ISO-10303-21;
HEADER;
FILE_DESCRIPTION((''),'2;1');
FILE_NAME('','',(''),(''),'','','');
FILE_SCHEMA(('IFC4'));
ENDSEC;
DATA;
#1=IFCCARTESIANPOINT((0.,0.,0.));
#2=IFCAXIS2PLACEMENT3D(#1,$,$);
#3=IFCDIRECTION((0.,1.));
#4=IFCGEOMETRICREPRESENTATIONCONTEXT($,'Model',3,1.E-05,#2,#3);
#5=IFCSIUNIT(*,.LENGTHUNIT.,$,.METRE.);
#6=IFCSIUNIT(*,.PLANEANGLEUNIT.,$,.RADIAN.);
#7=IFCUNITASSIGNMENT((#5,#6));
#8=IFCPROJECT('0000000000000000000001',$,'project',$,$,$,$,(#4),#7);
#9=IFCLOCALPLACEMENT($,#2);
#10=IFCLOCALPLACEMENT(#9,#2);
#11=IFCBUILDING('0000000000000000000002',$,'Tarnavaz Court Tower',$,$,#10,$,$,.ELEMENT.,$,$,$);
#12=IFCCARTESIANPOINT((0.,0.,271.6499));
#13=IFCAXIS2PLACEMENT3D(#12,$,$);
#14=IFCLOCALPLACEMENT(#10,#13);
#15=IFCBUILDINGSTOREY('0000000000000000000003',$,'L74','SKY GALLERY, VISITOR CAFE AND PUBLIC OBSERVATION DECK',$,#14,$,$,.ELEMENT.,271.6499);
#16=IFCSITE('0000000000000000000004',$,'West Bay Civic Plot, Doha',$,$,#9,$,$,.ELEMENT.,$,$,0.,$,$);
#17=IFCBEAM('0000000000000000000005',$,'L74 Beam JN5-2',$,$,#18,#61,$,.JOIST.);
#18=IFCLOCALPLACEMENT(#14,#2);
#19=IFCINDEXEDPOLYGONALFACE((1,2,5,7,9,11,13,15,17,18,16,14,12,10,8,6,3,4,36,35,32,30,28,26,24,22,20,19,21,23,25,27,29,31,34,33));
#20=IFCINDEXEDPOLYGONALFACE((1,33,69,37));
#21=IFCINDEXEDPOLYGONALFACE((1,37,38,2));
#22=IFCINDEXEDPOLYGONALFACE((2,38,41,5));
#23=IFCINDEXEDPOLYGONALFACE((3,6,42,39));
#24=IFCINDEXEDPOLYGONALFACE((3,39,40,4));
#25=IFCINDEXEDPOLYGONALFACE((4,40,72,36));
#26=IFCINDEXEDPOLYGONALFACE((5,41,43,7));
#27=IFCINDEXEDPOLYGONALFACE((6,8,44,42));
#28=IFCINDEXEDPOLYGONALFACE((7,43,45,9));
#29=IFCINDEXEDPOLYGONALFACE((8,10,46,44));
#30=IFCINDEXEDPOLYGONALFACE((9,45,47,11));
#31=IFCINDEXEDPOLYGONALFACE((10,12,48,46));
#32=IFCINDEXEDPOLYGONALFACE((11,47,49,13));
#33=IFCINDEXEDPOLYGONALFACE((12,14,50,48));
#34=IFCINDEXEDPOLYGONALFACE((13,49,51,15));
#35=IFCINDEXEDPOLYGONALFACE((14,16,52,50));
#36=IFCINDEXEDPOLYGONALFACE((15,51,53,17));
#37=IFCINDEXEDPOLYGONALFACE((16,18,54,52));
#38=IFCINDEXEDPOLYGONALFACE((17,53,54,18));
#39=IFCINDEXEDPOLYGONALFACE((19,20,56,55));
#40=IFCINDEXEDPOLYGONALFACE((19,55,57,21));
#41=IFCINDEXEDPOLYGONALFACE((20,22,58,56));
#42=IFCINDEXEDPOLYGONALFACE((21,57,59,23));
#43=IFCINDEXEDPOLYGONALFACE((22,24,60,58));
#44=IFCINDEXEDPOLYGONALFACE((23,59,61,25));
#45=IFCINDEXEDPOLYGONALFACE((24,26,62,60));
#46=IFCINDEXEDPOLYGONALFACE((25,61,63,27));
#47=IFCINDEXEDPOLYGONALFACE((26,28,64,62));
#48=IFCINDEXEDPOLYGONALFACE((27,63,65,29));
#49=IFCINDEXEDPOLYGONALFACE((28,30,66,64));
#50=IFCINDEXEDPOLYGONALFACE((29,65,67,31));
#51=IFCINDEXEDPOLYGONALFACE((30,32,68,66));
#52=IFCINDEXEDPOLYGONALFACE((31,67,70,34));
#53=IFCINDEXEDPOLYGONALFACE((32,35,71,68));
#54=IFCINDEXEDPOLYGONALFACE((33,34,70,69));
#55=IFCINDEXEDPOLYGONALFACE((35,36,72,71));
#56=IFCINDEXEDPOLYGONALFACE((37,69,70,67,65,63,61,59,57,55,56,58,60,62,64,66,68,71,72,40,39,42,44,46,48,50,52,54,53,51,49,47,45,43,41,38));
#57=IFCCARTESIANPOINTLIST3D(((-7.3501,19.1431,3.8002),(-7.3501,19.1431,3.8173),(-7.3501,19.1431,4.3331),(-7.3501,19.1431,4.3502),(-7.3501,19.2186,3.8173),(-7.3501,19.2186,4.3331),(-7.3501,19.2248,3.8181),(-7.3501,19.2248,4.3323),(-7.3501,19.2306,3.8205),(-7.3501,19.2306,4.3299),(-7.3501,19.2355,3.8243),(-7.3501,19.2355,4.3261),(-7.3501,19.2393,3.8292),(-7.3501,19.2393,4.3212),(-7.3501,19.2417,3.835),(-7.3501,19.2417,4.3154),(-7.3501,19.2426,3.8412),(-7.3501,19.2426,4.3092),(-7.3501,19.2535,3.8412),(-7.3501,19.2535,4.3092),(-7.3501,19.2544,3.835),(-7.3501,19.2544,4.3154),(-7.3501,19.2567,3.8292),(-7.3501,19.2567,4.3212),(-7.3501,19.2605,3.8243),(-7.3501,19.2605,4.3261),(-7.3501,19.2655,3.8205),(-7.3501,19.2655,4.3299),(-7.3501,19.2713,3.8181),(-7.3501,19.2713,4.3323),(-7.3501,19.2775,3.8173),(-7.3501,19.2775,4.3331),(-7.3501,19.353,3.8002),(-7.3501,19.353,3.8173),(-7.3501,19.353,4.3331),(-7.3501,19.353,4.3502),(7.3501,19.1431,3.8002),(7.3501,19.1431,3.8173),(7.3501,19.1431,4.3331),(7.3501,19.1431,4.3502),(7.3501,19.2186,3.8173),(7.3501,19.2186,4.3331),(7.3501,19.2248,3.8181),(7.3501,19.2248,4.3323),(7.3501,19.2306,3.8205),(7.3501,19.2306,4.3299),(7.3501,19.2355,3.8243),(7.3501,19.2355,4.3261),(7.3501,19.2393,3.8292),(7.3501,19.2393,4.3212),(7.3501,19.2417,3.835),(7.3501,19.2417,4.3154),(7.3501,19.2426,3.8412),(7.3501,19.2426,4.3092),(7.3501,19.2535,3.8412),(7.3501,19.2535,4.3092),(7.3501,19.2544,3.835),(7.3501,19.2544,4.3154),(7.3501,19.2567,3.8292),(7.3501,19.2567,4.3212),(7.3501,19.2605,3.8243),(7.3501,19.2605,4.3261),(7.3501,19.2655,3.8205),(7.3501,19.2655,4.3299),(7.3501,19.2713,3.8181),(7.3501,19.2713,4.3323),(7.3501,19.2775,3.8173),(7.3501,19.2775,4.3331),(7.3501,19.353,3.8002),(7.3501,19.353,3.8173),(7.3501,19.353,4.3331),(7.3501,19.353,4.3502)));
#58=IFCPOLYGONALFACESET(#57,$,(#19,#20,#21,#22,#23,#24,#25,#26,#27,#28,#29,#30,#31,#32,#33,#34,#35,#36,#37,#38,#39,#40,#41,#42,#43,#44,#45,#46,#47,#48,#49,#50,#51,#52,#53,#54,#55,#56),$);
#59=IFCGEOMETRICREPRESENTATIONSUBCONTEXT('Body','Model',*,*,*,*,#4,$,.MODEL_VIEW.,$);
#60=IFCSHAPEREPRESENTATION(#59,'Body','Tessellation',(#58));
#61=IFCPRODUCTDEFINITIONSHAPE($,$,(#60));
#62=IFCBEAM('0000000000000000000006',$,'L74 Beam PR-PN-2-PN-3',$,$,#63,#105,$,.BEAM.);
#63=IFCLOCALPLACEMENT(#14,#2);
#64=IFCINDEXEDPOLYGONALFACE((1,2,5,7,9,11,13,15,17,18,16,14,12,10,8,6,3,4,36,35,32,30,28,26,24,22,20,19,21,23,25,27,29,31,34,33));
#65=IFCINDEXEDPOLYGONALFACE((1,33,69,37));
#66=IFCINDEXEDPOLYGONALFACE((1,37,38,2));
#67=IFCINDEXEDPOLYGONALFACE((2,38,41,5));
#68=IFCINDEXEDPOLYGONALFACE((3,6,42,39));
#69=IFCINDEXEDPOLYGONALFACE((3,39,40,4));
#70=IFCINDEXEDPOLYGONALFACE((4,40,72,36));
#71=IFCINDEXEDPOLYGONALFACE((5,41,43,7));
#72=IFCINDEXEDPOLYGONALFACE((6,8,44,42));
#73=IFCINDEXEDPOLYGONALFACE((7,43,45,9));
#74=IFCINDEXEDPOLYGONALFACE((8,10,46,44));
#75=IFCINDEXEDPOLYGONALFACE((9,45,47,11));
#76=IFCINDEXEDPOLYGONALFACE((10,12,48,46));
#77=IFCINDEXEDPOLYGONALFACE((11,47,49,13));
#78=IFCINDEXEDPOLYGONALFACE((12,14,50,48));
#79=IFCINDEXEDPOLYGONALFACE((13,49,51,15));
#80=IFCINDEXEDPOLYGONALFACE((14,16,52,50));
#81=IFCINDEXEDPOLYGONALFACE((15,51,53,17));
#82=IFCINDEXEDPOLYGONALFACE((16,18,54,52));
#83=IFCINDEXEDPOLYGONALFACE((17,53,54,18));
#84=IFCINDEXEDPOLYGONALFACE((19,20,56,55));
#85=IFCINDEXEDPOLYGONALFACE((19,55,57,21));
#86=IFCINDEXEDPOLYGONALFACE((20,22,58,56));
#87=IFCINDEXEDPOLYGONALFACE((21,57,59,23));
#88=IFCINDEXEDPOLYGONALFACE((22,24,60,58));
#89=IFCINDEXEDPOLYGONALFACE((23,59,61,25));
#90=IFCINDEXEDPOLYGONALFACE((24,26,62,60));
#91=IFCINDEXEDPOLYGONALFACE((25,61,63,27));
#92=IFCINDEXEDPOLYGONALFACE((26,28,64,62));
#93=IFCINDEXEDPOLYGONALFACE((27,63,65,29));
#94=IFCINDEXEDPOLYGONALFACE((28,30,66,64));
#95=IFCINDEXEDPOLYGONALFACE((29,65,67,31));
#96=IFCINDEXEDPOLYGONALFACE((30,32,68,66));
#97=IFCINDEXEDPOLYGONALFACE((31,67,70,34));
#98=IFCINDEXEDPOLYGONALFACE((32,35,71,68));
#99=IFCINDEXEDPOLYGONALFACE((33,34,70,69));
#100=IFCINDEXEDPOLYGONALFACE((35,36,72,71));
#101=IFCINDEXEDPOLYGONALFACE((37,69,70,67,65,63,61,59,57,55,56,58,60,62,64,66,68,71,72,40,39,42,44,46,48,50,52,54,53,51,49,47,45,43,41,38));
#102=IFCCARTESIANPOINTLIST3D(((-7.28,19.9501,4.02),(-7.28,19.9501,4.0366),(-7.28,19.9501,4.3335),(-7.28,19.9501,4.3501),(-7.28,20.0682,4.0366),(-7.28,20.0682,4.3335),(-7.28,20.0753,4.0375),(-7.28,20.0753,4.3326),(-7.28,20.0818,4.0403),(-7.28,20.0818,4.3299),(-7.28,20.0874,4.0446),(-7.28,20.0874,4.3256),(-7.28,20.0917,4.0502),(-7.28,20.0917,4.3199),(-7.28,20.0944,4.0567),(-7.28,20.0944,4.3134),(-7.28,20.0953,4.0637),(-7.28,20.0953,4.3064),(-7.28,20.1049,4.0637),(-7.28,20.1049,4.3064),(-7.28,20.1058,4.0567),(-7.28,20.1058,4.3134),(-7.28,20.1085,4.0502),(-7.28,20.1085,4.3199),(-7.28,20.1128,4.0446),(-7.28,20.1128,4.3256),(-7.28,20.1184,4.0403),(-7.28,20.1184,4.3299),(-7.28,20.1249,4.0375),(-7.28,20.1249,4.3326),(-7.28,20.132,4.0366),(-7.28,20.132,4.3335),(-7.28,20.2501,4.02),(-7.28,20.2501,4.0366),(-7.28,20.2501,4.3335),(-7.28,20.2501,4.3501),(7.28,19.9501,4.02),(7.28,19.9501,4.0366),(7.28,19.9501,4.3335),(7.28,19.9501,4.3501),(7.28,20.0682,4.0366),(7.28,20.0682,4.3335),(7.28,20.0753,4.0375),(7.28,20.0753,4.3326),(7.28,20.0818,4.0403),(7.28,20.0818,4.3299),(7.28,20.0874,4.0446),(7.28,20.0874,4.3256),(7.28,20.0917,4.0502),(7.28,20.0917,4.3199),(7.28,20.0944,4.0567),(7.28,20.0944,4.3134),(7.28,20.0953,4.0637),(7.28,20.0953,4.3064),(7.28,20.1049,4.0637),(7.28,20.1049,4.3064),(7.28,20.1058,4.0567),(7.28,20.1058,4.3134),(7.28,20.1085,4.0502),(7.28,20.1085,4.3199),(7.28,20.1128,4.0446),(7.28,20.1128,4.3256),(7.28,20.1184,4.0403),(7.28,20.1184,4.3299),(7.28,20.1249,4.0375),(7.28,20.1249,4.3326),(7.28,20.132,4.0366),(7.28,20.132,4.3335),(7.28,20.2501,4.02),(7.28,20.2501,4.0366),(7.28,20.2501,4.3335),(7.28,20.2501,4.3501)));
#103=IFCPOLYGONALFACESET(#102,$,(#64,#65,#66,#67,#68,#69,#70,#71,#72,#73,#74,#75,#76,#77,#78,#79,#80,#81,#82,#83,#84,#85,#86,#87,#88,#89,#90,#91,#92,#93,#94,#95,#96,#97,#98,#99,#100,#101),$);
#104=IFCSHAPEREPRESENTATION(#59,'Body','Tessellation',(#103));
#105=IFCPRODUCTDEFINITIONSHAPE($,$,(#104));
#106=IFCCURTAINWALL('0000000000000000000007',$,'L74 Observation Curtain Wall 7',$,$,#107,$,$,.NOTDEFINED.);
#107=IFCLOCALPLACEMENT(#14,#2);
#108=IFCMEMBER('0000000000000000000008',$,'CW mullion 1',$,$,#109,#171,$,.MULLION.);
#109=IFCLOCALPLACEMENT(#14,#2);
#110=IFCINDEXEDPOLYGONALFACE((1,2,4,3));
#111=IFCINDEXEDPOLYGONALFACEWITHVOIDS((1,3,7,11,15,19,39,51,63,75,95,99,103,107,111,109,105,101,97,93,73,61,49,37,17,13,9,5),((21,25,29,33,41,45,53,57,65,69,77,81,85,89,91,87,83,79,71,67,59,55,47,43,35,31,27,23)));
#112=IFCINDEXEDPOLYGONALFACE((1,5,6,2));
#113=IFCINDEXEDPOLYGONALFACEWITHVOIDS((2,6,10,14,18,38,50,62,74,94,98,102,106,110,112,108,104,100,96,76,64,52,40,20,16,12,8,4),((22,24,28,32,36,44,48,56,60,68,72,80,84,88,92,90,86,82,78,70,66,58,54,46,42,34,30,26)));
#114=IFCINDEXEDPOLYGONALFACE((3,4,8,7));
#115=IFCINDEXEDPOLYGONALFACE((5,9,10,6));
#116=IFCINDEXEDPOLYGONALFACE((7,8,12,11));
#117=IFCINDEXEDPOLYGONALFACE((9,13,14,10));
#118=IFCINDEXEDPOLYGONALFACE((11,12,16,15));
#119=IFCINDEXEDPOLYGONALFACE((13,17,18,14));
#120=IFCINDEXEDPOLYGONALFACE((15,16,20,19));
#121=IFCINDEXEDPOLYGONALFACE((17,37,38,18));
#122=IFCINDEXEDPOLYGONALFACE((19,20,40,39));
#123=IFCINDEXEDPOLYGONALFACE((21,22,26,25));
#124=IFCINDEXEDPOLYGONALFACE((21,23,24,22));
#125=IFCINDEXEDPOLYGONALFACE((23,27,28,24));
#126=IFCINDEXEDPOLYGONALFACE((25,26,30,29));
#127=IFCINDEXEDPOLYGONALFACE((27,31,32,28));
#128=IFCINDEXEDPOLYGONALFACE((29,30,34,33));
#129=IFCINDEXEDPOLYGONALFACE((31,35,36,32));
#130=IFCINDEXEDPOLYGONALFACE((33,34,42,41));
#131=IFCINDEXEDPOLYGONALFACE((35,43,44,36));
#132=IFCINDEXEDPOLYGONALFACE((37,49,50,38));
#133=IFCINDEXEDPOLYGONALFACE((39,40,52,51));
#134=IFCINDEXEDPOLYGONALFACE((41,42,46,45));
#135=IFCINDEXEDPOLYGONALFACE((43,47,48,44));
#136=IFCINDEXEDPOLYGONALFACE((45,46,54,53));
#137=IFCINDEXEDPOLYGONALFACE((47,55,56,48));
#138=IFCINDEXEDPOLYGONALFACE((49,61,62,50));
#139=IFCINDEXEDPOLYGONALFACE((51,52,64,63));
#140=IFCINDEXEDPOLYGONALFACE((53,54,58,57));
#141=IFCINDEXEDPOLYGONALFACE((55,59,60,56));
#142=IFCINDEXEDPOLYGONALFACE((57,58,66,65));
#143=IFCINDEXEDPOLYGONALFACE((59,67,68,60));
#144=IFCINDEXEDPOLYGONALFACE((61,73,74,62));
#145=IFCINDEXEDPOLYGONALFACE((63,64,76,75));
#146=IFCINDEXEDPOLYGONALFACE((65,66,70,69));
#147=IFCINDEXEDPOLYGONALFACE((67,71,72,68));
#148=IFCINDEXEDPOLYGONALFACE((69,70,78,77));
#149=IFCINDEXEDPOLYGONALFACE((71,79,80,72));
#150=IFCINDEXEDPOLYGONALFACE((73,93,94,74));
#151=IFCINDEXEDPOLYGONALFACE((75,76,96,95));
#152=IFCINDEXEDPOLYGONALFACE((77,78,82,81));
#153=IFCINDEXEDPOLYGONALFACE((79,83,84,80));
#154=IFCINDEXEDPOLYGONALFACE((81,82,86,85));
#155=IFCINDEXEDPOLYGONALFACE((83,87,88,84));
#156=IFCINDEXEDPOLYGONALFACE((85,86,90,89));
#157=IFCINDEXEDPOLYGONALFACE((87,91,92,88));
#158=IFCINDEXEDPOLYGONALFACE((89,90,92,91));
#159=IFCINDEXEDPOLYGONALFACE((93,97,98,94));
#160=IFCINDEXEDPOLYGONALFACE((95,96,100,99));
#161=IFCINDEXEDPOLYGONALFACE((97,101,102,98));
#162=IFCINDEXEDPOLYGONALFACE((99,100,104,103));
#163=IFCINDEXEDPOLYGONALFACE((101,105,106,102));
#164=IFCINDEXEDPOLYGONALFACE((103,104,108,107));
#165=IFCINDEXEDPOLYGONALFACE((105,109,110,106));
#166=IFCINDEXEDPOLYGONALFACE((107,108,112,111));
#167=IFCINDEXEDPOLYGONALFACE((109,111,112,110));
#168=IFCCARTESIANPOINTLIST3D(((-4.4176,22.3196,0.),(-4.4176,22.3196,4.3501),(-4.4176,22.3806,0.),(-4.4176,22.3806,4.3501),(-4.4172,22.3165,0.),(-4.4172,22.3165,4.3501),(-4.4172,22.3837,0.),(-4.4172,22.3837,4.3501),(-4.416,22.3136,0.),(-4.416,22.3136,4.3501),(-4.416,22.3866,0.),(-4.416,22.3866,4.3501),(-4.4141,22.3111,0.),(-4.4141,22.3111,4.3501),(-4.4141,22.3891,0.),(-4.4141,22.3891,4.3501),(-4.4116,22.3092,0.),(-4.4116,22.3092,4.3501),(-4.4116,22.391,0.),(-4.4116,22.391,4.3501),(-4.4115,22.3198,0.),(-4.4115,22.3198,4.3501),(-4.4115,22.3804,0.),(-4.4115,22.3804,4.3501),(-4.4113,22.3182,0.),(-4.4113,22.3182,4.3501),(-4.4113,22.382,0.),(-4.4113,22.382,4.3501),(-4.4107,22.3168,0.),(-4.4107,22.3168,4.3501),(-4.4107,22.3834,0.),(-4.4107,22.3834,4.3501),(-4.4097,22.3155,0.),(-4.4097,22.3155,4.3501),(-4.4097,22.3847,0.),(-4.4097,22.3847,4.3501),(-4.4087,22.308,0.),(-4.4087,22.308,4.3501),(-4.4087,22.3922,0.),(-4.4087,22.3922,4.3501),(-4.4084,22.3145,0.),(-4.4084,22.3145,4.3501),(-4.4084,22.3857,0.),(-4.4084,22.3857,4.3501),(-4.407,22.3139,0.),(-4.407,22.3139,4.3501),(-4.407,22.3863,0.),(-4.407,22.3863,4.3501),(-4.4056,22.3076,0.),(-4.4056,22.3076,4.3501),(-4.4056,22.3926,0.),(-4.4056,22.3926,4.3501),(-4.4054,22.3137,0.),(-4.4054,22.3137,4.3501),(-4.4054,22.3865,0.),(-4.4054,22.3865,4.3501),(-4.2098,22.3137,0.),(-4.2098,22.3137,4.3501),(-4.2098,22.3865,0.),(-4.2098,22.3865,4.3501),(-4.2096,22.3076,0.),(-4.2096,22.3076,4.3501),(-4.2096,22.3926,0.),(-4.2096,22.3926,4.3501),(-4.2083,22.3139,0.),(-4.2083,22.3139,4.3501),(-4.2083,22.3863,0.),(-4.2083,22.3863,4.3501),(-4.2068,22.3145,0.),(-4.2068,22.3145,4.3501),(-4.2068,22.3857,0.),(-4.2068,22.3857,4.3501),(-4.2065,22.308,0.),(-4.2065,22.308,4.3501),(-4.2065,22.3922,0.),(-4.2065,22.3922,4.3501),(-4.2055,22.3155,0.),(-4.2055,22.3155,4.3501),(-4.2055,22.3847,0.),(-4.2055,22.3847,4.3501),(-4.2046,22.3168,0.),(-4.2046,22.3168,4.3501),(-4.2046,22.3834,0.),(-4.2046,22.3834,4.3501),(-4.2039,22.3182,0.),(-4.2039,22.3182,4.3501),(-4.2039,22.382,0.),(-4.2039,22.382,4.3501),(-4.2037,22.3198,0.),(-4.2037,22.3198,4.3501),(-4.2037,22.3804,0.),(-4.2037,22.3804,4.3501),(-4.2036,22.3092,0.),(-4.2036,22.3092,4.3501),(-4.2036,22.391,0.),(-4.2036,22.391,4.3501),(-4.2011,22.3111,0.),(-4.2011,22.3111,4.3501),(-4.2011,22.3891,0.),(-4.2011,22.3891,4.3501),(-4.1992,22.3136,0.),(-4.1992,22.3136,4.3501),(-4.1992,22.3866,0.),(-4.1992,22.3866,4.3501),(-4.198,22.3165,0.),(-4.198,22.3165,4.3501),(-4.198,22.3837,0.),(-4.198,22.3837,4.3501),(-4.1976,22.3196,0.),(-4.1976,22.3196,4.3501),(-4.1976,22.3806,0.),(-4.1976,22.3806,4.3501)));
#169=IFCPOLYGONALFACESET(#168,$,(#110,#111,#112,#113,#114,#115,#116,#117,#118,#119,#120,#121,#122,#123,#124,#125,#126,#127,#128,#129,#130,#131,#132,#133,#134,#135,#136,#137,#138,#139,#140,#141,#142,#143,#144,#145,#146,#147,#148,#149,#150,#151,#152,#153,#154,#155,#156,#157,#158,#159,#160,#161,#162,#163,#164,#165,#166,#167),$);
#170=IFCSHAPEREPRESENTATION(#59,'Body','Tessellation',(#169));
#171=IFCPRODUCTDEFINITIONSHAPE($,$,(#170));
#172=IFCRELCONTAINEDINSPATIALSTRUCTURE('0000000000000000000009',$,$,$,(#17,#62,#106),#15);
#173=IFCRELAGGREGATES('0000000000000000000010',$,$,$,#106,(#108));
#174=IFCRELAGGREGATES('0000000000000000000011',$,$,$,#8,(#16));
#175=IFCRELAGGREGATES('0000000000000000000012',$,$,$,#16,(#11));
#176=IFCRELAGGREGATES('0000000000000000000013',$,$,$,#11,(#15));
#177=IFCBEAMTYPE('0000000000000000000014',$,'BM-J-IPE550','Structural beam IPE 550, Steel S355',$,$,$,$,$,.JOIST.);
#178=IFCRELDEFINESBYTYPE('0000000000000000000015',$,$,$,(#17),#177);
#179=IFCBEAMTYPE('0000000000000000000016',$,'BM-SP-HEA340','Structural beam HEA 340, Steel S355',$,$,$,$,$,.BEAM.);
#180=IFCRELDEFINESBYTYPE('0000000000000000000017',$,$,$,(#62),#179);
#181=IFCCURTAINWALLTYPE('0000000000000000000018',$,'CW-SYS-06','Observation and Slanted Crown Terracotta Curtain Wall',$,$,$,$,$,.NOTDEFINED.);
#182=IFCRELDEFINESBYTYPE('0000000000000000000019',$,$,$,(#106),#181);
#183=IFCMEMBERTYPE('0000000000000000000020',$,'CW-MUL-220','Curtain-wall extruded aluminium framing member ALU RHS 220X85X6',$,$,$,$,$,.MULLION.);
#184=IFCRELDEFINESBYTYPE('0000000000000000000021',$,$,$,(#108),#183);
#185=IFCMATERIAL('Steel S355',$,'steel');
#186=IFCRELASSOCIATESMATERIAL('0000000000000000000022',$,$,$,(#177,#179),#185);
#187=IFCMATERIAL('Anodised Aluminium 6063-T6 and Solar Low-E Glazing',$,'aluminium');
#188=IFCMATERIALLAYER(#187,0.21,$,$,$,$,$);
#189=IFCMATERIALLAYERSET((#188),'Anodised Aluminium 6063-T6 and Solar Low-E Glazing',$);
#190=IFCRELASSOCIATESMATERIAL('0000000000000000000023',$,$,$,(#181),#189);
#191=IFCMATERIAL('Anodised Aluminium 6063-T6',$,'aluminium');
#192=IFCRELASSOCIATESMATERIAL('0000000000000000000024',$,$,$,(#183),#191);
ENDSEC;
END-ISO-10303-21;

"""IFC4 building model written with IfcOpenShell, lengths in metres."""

from ifc_helpers import new_model, si_unit, direction, frame, origin, origin_2d, place, context, subcontext, project, spatial, hollow_rectangle, i_section, extrude, material, layer, layer_set, material_profile, profile_set, type_object, element, aggregate, save


model = new_model("IFC4")

# Units and contexts
model_context = context("Model", 3, precision=1e-05, world=origin(), true_north=direction((0.0, 1.0)))
body_context = subcontext(model_context, "Body", "Model", "MODEL_VIEW")
ifc_project = project(units=[si_unit("LENGTHUNIT", "METRE"), si_unit("PLANEANGLEUNIT", "RADIAN")], contexts=[model_context])

# Site, building, storey
site_placement = place(None, origin())
site = spatial("IfcSite", under=ifc_project, at=site_placement, Name="West Bay Civic Plot, Doha", CompositionType="ELEMENT", RefElevation=0.0)
building_placement = place(site_placement, origin())
building = spatial("IfcBuilding", under=site, at=building_placement, Name="Tarnavaz Court Tower", CompositionType="ELEMENT")
storey_placement = place(building_placement, frame((0.0, 0.0, 271.6499)))
storey = spatial("IfcBuildingStorey", under=building, at=storey_placement, Name="L74", Description="SKY GALLERY, VISITOR CAFE AND PUBLIC OBSERVATION DECK", CompositionType="ELEMENT", Elevation=271.6499)

# Beams
ifc_material_1 = material(Name="Steel S355", Category="steel")
ifc_material_profile_1 = material_profile(ifc_material_1, i_section(OverallWidth=0.21, OverallDepth=0.55, WebThickness=0.011, FlangeThickness=0.0171, FilletRadius=0.0239, at=origin_2d()), Name="IPE 550")
ifc_profile_set_1 = profile_set([ifc_material_profile_1], Name="Steel S355")
beam_type_1 = type_object("IfcBeamType", Name="BM-J-IPE550", Description="Structural beam IPE 550, Steel S355", PredefinedType="JOIST", material=ifc_profile_set_1)
for number, where, z_axis, x_axis, name in (
    (1, (-7.3501, 19.248, 4.0752), (1.0, 0.0, 0.0), (0.0, 1.0, 0.0), "L74 Beam JN5-2"),
):
    element("IfcBeam", number, at=place(storey_placement, frame(where, z_axis=z_axis, x_axis=x_axis)), inside=storey, type_object=beam_type_1, Name=name, PredefinedType="JOIST", context=body_context, shape_type="SweptSolid", body=[
        extrude(i_section(OverallWidth=0.21, OverallDepth=0.55, WebThickness=0.011, FlangeThickness=0.0171, FilletRadius=0.0239, at=origin_2d()), origin(), (0.0, 0.0, 1.0), 14.7002),
    ])
ifc_material_profile_2 = material_profile(ifc_material_1, i_section(OverallWidth=0.3, OverallDepth=0.3301, WebThickness=0.0095, FlangeThickness=0.0166, FilletRadius=0.0271, at=origin_2d()), Name="HEA 340")
ifc_profile_set_2 = profile_set([ifc_material_profile_2], Name="Steel S355")
beam_type_2 = type_object("IfcBeamType", Name="BM-SP-HEA340", Description="Structural beam HEA 340, Steel S355", PredefinedType="BEAM", material=ifc_profile_set_2)
beam_placement = place(storey_placement, frame((-7.28, 20.1001, 4.1851), z_axis=(1.0, 0.0, 0.0), x_axis=(0.0, 1.0, 0.0)))
element("IfcBeam", 2, at=beam_placement, inside=storey, type_object=beam_type_2, Name="L74 Beam PR-PN-2-PN-3", PredefinedType="BEAM", context=body_context, shape_type="SweptSolid", body=[
    extrude(i_section(OverallWidth=0.3, OverallDepth=0.3301, WebThickness=0.0095, FlangeThickness=0.0166, FilletRadius=0.0271, at=origin_2d()), origin(), (0.0, 0.0, 1.0), 14.5601),
])

# Curtain wall, member
ifc_material_2 = material(Name="Anodised Aluminium 6063-T6 and Solar Low-E Glazing", Category="aluminium")
ifc_layer_1 = layer(ifc_material_2, 0.21)
ifc_layer_set_1 = layer_set([ifc_layer_1], Name="Anodised Aluminium 6063-T6 and Solar Low-E Glazing")
curtain_wall_type = type_object("IfcCurtainWallType", Name="CW-SYS-06", Description="Observation and Slanted Crown Terracotta Curtain Wall", PredefinedType="NOTDEFINED", material=ifc_layer_set_1)
curtain_wall_placement = place(storey_placement, origin())
curtain_wall = element("IfcCurtainWall", 3, at=curtain_wall_placement, inside=storey, type_object=curtain_wall_type, Name="L74 Observation Curtain Wall 7", PredefinedType="NOTDEFINED")
ifc_material_3 = material(Name="Anodised Aluminium 6063-T6", Category="aluminium")
ifc_material_profile_3 = material_profile(ifc_material_3, hollow_rectangle(XDim=0.085, YDim=0.22, WallThickness=0.0061, InnerFilletRadius=0.0061, OuterFilletRadius=0.012, at=origin_2d()), Name="ALU RHS 220X85X6")
ifc_profile_set_3 = profile_set([ifc_material_profile_3], Name="Anodised Aluminium 6063-T6")
member_type_1 = type_object("IfcMemberType", Name="CW-MUL-220", Description="Curtain-wall extruded aluminium framing member ALU RHS 220X85X6", PredefinedType="MULLION", material=ifc_profile_set_3)
member_1_placement = place(storey_placement, frame((-4.3076, 22.3501, 0.0), z_axis=(0.0, 0.0, 1.0), x_axis=(0.0, 1.0, 0.0)))
member_1 = element("IfcMember", 4, at=member_1_placement, type_object=member_type_1, Name="CW mullion 1", PredefinedType="MULLION", context=body_context, shape_type="SweptSolid", body=[
    extrude(hollow_rectangle(XDim=0.085, YDim=0.22, WallThickness=0.0061, InnerFilletRadius=0.0061, OuterFilletRadius=0.012, at=origin_2d()), origin(), (0.0, 0.0, 1.0), 4.3501),
])
aggregate(curtain_wall, [member_1])

save(model, "model.ifc")
